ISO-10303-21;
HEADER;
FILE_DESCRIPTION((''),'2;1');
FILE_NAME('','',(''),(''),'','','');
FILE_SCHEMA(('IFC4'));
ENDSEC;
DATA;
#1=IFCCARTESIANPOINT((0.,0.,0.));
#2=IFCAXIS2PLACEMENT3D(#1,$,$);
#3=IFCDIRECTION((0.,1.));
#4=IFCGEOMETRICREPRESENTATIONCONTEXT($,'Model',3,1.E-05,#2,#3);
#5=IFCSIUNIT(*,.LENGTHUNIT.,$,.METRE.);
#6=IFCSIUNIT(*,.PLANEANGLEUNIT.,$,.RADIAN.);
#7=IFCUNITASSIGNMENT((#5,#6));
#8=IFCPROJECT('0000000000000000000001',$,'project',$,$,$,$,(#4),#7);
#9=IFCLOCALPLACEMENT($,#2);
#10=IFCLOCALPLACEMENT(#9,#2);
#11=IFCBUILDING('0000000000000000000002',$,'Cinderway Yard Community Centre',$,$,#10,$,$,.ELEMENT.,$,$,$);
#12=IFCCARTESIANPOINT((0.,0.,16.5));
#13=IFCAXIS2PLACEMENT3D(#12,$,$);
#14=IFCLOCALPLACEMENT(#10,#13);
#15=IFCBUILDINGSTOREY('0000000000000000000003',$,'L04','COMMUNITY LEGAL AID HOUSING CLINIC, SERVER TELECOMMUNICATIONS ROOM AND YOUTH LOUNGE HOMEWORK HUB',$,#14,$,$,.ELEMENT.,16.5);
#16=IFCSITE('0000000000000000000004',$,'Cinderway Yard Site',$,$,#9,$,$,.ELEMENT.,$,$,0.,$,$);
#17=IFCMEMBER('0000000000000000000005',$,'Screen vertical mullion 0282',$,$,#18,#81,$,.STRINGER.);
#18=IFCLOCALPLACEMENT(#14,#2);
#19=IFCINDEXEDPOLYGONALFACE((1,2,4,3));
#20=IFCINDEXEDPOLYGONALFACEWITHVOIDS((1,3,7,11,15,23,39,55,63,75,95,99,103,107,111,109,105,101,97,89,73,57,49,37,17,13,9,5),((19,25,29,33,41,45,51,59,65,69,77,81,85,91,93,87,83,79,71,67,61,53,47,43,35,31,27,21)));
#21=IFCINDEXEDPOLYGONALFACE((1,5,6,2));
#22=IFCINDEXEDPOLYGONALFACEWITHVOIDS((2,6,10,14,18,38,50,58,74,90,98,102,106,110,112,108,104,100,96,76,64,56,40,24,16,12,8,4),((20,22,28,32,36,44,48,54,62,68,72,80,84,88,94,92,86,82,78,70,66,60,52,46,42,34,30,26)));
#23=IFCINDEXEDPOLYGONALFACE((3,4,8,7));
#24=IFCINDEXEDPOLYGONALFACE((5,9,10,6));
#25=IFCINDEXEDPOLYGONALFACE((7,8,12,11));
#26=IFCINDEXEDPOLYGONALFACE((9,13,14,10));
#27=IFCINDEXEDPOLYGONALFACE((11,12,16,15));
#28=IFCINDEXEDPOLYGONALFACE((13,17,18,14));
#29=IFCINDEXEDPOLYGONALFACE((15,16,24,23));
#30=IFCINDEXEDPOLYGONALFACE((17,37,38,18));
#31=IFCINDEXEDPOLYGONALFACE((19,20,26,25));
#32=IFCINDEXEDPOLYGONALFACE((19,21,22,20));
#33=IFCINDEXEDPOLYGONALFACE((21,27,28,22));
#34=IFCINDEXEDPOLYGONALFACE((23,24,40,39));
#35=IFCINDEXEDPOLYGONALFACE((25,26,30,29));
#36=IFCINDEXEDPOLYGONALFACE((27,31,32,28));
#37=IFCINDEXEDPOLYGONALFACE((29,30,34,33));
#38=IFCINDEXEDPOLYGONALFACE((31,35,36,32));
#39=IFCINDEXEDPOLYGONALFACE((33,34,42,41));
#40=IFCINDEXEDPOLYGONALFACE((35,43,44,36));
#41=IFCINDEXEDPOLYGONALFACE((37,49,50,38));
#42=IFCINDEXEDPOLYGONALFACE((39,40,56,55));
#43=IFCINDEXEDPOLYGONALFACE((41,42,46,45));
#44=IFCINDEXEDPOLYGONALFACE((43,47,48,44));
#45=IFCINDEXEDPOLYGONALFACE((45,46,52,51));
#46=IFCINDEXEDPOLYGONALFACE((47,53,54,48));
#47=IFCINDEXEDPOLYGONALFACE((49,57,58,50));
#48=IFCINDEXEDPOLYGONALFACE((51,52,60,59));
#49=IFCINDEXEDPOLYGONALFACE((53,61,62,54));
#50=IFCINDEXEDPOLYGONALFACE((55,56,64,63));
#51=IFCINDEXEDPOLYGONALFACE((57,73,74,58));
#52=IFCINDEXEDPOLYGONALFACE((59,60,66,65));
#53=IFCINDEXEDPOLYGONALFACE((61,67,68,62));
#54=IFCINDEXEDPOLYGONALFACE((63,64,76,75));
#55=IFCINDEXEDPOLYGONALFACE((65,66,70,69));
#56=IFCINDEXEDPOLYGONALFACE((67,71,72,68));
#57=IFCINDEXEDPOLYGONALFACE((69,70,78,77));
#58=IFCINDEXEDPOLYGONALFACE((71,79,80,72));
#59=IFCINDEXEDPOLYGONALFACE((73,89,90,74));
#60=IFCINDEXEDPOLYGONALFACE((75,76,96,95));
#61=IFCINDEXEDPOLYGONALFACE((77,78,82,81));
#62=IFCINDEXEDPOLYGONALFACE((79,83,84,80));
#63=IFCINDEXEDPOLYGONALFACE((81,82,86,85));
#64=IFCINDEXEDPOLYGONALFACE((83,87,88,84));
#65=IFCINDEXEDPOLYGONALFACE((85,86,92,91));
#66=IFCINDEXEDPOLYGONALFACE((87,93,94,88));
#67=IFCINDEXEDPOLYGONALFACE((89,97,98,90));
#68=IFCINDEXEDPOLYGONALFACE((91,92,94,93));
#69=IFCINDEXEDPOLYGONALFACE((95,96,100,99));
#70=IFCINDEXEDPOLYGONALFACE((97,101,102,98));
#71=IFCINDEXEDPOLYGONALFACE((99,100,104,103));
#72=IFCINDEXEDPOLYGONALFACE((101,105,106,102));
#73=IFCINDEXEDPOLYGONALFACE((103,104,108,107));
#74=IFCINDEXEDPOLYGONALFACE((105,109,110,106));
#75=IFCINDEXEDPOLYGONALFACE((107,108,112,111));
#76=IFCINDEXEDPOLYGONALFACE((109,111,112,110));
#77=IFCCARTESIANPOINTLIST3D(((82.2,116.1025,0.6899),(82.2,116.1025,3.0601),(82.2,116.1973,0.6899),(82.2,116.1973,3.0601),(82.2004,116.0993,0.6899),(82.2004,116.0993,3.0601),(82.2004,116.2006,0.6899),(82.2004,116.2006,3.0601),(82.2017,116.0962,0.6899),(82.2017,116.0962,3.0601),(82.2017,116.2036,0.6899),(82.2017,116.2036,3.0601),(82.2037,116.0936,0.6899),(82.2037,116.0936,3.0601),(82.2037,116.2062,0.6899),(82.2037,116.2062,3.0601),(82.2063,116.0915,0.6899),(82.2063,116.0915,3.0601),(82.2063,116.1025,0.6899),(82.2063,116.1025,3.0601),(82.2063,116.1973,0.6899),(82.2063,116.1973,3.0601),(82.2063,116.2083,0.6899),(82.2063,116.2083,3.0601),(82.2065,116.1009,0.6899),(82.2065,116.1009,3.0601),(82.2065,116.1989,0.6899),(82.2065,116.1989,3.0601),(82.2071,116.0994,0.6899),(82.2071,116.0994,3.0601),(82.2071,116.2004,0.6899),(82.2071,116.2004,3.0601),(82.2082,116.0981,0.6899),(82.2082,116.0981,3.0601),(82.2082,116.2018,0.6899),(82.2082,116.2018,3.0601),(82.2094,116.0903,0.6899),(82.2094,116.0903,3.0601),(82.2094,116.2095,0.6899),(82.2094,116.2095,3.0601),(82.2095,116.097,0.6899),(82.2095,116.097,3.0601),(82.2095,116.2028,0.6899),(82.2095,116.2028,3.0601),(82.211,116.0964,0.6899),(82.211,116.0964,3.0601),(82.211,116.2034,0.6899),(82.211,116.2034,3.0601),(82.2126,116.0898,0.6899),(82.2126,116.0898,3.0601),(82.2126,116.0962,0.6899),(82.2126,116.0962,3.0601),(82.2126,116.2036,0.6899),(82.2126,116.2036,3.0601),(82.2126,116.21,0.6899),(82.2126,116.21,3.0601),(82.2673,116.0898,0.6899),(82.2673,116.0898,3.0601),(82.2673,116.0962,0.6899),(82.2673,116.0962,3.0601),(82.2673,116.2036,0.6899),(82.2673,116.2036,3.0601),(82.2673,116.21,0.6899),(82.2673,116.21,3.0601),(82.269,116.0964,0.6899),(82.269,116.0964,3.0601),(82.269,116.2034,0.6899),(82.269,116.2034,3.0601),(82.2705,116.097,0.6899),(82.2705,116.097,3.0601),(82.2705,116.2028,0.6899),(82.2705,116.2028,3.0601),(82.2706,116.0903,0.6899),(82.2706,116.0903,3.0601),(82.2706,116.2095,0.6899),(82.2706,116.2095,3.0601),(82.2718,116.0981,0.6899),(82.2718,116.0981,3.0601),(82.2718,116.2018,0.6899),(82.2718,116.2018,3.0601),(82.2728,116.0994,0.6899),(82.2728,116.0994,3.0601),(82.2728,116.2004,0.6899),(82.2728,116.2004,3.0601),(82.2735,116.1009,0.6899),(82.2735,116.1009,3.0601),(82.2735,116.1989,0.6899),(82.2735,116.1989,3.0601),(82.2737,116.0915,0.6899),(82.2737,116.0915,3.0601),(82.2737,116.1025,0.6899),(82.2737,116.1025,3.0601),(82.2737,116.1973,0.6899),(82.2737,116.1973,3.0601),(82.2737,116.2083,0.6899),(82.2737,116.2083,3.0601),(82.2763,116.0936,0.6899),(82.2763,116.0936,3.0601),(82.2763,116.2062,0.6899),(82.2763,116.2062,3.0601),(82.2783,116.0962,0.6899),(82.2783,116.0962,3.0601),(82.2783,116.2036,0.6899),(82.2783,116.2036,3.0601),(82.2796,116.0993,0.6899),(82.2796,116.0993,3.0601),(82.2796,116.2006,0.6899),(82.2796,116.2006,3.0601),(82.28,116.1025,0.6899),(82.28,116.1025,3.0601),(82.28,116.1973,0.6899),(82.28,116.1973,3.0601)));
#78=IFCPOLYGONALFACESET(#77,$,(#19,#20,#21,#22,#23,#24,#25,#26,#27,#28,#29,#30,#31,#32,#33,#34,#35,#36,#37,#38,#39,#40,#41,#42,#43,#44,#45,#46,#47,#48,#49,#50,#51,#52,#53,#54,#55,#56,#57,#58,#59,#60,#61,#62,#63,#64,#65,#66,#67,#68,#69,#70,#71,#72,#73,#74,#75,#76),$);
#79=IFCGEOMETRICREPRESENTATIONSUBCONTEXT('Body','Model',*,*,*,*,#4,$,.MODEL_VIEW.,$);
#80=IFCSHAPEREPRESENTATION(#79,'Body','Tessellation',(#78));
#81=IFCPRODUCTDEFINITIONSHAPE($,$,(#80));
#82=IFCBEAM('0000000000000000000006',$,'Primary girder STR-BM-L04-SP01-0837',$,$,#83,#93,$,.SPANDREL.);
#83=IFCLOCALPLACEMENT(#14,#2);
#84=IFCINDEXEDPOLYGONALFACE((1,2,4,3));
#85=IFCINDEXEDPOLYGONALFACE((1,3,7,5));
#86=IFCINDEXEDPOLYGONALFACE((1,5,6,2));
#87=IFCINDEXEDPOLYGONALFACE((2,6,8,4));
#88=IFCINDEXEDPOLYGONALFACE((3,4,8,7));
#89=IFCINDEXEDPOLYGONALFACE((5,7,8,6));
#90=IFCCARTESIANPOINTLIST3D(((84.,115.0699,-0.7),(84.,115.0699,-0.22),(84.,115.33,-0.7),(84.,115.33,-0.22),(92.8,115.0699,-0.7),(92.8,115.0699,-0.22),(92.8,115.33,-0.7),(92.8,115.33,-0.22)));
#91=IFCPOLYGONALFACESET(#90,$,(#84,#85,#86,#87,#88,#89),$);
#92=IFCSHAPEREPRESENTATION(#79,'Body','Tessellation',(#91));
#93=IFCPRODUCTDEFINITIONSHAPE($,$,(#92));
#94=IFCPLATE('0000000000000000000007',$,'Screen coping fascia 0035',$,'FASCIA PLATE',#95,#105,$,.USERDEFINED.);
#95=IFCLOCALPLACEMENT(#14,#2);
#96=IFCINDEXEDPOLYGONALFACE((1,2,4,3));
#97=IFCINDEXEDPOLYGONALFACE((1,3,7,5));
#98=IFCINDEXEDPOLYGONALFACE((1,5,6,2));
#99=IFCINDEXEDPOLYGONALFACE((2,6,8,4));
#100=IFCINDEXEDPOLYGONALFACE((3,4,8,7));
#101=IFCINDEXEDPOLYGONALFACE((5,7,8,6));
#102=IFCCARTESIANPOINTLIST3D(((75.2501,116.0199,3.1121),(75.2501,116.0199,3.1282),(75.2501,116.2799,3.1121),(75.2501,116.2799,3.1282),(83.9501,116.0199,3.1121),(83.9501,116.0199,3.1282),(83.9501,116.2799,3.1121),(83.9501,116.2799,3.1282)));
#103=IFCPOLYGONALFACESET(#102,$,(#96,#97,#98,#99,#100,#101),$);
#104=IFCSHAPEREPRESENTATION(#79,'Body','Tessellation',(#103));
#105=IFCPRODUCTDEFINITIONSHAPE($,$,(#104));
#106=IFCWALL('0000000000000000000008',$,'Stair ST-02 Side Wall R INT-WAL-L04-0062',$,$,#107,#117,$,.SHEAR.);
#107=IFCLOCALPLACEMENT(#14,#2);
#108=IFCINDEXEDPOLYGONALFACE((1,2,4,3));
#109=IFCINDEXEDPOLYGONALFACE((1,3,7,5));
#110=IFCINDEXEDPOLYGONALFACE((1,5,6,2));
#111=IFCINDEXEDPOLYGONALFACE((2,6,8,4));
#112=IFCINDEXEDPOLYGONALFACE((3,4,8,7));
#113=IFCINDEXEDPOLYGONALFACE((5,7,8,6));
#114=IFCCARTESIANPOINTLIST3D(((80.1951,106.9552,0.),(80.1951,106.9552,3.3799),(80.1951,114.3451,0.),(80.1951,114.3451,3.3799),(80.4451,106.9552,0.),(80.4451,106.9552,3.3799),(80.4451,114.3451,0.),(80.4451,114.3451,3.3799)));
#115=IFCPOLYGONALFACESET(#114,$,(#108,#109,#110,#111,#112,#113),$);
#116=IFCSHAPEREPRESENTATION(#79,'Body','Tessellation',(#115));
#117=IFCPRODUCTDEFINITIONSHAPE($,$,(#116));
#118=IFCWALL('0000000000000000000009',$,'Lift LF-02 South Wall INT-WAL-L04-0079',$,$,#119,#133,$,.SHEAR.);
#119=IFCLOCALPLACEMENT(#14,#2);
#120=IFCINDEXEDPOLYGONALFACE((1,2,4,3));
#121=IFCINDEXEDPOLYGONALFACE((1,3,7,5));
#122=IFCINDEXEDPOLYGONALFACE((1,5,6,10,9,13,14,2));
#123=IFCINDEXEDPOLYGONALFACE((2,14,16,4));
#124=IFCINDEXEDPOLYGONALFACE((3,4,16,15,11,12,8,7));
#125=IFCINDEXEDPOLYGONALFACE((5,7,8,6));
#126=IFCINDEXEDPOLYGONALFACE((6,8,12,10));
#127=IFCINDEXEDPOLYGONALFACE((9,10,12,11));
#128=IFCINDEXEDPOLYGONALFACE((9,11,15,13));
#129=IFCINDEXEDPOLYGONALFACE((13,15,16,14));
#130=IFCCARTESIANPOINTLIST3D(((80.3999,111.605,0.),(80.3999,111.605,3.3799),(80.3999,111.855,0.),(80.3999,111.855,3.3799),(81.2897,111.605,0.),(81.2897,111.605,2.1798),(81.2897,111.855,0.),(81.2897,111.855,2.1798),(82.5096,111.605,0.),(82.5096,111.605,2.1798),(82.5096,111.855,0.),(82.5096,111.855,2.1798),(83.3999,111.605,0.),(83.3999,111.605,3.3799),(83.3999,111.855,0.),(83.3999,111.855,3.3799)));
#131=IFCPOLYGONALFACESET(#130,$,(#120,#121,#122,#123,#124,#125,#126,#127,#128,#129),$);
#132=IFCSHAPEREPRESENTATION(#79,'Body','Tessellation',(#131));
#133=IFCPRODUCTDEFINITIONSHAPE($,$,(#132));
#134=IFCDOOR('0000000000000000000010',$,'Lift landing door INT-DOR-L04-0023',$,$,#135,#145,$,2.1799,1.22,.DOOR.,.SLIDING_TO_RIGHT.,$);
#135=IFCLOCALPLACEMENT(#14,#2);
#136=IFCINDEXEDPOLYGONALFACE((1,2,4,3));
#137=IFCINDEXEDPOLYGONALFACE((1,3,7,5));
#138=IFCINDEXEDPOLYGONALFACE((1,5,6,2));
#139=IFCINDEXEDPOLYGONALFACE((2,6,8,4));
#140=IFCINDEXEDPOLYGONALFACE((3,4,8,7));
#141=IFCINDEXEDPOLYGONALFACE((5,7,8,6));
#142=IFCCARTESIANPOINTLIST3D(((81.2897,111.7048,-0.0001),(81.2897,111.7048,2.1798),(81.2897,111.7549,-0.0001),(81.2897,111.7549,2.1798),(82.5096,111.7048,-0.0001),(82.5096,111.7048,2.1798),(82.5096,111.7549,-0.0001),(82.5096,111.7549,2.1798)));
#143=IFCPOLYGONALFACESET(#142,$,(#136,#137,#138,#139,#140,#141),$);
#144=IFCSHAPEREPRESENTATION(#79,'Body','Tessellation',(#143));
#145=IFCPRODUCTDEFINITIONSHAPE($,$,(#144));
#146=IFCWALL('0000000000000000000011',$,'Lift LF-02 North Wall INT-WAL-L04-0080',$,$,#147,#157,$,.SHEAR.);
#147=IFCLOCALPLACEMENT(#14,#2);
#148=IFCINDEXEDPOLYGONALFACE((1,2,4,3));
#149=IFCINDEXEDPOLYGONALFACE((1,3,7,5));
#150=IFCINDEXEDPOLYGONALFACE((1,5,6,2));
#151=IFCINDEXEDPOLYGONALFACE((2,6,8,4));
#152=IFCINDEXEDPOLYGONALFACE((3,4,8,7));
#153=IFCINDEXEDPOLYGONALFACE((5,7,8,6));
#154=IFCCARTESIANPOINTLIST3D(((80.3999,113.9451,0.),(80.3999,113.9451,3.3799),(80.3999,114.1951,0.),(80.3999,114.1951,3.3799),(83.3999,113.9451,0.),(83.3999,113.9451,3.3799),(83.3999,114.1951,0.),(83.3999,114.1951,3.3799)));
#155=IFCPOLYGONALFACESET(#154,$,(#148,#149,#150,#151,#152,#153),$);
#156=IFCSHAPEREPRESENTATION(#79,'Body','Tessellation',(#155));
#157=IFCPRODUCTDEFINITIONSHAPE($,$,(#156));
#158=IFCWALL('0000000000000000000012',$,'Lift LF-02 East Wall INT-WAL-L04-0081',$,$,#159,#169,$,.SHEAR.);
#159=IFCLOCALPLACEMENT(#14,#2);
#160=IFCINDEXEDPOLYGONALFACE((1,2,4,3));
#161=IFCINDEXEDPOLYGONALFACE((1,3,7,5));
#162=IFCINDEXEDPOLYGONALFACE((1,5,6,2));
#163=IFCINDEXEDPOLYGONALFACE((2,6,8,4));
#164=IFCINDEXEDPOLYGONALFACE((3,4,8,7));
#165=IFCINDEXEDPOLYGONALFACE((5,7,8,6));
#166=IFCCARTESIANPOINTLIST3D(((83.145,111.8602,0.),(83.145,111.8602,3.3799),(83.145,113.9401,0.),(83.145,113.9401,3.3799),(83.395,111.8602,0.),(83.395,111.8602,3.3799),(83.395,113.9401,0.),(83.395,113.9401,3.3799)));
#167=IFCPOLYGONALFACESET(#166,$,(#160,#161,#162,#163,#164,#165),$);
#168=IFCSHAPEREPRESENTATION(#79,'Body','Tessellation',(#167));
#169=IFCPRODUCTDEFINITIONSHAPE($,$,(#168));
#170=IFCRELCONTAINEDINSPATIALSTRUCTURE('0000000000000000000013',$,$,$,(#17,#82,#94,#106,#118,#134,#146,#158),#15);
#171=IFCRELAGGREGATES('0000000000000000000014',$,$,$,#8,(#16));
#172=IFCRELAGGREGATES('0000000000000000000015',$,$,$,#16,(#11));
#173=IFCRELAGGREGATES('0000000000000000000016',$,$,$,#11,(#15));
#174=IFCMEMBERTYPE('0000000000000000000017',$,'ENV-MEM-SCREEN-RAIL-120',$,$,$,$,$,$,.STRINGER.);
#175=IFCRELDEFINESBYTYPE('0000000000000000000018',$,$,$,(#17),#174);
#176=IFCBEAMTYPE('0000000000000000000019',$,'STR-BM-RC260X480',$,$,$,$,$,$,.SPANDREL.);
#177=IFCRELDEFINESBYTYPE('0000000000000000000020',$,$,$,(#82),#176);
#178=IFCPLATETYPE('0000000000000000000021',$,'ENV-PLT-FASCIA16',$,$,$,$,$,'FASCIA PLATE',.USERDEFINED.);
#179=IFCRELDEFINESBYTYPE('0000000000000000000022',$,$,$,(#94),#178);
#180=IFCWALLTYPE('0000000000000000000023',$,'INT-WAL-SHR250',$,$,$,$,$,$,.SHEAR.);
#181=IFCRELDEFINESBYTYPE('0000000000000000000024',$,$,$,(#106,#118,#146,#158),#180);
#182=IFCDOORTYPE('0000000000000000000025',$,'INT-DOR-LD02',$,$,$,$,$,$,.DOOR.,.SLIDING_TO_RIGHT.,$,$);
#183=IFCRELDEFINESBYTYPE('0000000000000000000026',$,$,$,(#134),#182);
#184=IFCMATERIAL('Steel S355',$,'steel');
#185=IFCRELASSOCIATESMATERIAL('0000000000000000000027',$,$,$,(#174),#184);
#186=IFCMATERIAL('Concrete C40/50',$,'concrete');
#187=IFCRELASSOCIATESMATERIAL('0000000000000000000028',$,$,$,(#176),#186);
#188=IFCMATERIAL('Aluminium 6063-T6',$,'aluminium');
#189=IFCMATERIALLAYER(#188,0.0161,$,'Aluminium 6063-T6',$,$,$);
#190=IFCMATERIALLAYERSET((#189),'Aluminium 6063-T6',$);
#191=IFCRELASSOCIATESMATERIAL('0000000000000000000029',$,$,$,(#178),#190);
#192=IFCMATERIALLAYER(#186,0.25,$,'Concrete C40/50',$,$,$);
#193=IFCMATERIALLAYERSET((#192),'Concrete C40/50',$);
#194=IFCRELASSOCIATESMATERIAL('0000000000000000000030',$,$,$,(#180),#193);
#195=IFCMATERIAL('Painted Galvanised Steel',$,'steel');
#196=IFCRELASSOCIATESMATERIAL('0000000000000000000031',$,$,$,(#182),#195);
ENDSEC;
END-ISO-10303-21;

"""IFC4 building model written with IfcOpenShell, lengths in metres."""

from ifc_helpers import new_model, si_unit, direction, frame, frame_2d, origin, origin_2d, place, context, subcontext, project, spatial, rectangle, hollow_rectangle, extrude, material, layer, layer_set, material_profile, profile_set, type_object, element, fill, save


model = new_model("IFC4")

# Units and contexts
model_context = context("Model", 3, precision=1e-05, world=origin(), true_north=direction((0.0, 1.0)))
body_context = subcontext(model_context, "Body", "Model", "MODEL_VIEW")
ifc_project = project(units=[si_unit("LENGTHUNIT", "METRE"), si_unit("PLANEANGLEUNIT", "RADIAN")], contexts=[model_context])

# Site, building, storey
site_placement = place(None, origin())
site = spatial("IfcSite", under=ifc_project, at=site_placement, Name="Cinderway Yard Site", CompositionType="ELEMENT", RefElevation=0.0)
building_placement = place(site_placement, origin())
building = spatial("IfcBuilding", under=site, at=building_placement, Name="Cinderway Yard Community Centre", CompositionType="ELEMENT")
storey_placement = place(building_placement, frame((0.0, 0.0, 16.5)))
storey = spatial("IfcBuildingStorey", under=building, at=storey_placement, Name="L04", Description="COMMUNITY LEGAL AID HOUSING CLINIC, SERVER TELECOMMUNICATIONS ROOM AND YOUTH LOUNGE HOMEWORK HUB", CompositionType="ELEMENT", Elevation=16.5)

# Shared definitions
ifc_material_1 = material(Name="Concrete C40/50", Category="concrete")

# Member
ifc_material_2 = material(Name="Steel S355", Category="steel")
ifc_material_profile_1 = material_profile(ifc_material_2, hollow_rectangle(XDim=0.0801, YDim=0.1201, WallThickness=0.0063, InnerFilletRadius=0.0063, OuterFilletRadius=0.0127, at=origin_2d()), Name="Steel S355")
ifc_profile_set_1 = profile_set([ifc_material_profile_1], Name="Steel S355")
member_type = type_object("IfcMemberType", Name="ENV-MEM-SCREEN-RAIL-120", PredefinedType="STRINGER", material=ifc_profile_set_1)
for number, where, z_axis, x_axis, name in (
    (1, (82.24, 116.1499, 0.6899), (0.0, 0.0, 1.0), (1.0, 0.0, 0.0), "Screen vertical mullion 0282"),
):
    element("IfcMember", number, at=place(storey_placement, frame(where, z_axis=z_axis, x_axis=x_axis)), inside=storey, type_object=member_type, Name=name, PredefinedType="STRINGER", context=body_context, shape_type="SweptSolid", body=[
        extrude(hollow_rectangle(XDim=0.0801, YDim=0.1201, WallThickness=0.0063, InnerFilletRadius=0.0063, OuterFilletRadius=0.0127, at=origin_2d()), origin(), (0.0, 0.0, 1.0), 2.3701),
    ])

# Beam
ifc_material_profile_2 = material_profile(ifc_material_1, rectangle(XDim=0.26, YDim=0.48, at=origin_2d()), Name="Concrete C40/50")
ifc_profile_set_2 = profile_set([ifc_material_profile_2], Name="Concrete C40/50")
beam_type = type_object("IfcBeamType", Name="STR-BM-RC260X480", PredefinedType="SPANDREL", material=ifc_profile_set_2)
beam_placement = place(storey_placement, frame((84.0, 115.2, -0.46), z_axis=(1.0, 0.0, 0.0), x_axis=(0.0, 1.0, 0.0)))
element("IfcBeam", 2, at=beam_placement, inside=storey, type_object=beam_type, Name="Primary girder STR-BM-L04-SP01-0837", PredefinedType="SPANDREL", context=body_context, shape_type="SweptSolid", body=[
    extrude(rectangle(XDim=0.26, YDim=0.48, at=origin_2d()), origin(), (0.0, 0.0, 1.0), 8.8),
])

# Plate
ifc_material_3 = material(Name="Aluminium 6063-T6", Category="aluminium")
ifc_layer_1 = layer(ifc_material_3, 0.0161, Name="Aluminium 6063-T6")
ifc_layer_set_1 = layer_set([ifc_layer_1], Name="Aluminium 6063-T6")
plate_type = type_object("IfcPlateType", Name="ENV-PLT-FASCIA16", ElementType="FASCIA PLATE", PredefinedType="USERDEFINED", material=ifc_layer_set_1)
plate_placement = place(storey_placement, frame((79.6001, 116.1499, 3.1121), z_axis=(0.0, 0.0, 1.0), x_axis=(1.0, 0.0, 0.0)))
element("IfcPlate", 3, at=plate_placement, inside=storey, type_object=plate_type, Name="Screen coping fascia 0035", ObjectType="FASCIA PLATE", PredefinedType="USERDEFINED", context=body_context, shape_type="SweptSolid", body=[
    extrude(rectangle(XDim=8.7, YDim=0.26, at=origin_2d()), origin(), (0.0, 0.0, 1.0), 0.0161),
])

# Wall
ifc_layer_2 = layer(ifc_material_1, 0.25, Name="Concrete C40/50")
ifc_layer_set_2 = layer_set([ifc_layer_2], Name="Concrete C40/50")
wall_type = type_object("IfcWallType", Name="INT-WAL-SHR250", PredefinedType="SHEAR", material=ifc_layer_set_2)
wall_1_placement = place(storey_placement, frame((80.3201, 114.345, 0.0), z_axis=(0.0, 0.0, 1.0), x_axis=(0.0, -1.0, 0.0)))
element("IfcWall", 4, at=wall_1_placement, inside=storey, type_object=wall_type, Name="Stair ST-02 Side Wall R INT-WAL-L04-0062", PredefinedType="SHEAR", context=body_context, shape_type="SweptSolid", body=[
    extrude(rectangle(XDim=7.3899, YDim=0.25, at=frame_2d((3.6948, 0.0))), origin(), (0.0, 0.0, 1.0), 3.3799),
])

# Wall, opening, door
wall_2_placement = place(storey_placement, frame((80.3999, 111.73, 0.0), z_axis=(0.0, 0.0, 1.0), x_axis=(1.0, 0.0, 0.0)))
wall_2 = element("IfcWall", 5, at=wall_2_placement, inside=storey, type_object=wall_type, Name="Lift LF-02 South Wall INT-WAL-L04-0079", PredefinedType="SHEAR", context=body_context, shape_type="SweptSolid", body=[
    extrude(rectangle(XDim=3.0, YDim=0.25, at=frame_2d((1.5, 0.0))), origin(), (0.0, 0.0, 1.0), 3.3799),
])
opening_placement = place(wall_2_placement, frame((0.8899, 0.0, 0.0)))
opening = element("IfcOpeningElement", 6, at=opening_placement, cuts=wall_2, PredefinedType="OPENING", context=body_context, shape_type="SweptSolid", body=[
    extrude(rectangle(XDim=1.22, YDim=2.1799, at=frame_2d((0.6099, 1.0898))), frame((0.0, 0.135, 0.0), z_axis=(0.0, -1.0, 0.0), x_axis=(1.0, 0.0, 0.0)), (0.0, 0.0, 1.0), 0.27),
])
ifc_material_4 = material(Name="Painted Galvanised Steel", Category="steel")
door_type = type_object("IfcDoorType", Name="INT-DOR-LD02", OperationType="SLIDING_TO_RIGHT", PredefinedType="DOOR", material=ifc_material_4)
door_placement = place(opening_placement, origin())
door = element("IfcDoor", 7, at=door_placement, inside=storey, type_object=door_type, Name="Lift landing door INT-DOR-L04-0023", OperationType="SLIDING_TO_RIGHT", OverallHeight=2.1799, OverallWidth=1.22, PredefinedType="DOOR", context=body_context, shape_type="SweptSolid", body=[
    extrude(rectangle(XDim=1.22, YDim=2.1799, at=frame_2d((0.6099, 1.0898))), frame((0.0, 0.0249, 0.0), z_axis=(0.0, -1.0, 0.0), x_axis=(1.0, 0.0, 0.0)), (0.0, 0.0, 1.0), 0.05),
])
fill(opening, door)

# Walls
wall_3_placement = place(storey_placement, frame((83.3999, 114.0701, 0.0), z_axis=(0.0, 0.0, 1.0), x_axis=(-1.0, 0.0, 0.0)))
element("IfcWall", 8, at=wall_3_placement, inside=storey, type_object=wall_type, Name="Lift LF-02 North Wall INT-WAL-L04-0080", PredefinedType="SHEAR", context=body_context, shape_type="SweptSolid", body=[
    extrude(rectangle(XDim=3.0, YDim=0.25, at=frame_2d((1.5, 0.0))), origin(), (0.0, 0.0, 1.0), 3.3799),
])
wall_4_placement = place(storey_placement, frame((83.27, 111.8601, 0.0), z_axis=(0.0, 0.0, 1.0), x_axis=(0.0, 1.0, 0.0)))
element("IfcWall", 9, at=wall_4_placement, inside=storey, type_object=wall_type, Name="Lift LF-02 East Wall INT-WAL-L04-0081", PredefinedType="SHEAR", context=body_context, shape_type="SweptSolid", body=[
    extrude(rectangle(XDim=2.0798, YDim=0.25, at=frame_2d((1.04, 0.0))), origin(), (0.0, 0.0, 1.0), 3.3799),
])

save(model, "model.ifc")
